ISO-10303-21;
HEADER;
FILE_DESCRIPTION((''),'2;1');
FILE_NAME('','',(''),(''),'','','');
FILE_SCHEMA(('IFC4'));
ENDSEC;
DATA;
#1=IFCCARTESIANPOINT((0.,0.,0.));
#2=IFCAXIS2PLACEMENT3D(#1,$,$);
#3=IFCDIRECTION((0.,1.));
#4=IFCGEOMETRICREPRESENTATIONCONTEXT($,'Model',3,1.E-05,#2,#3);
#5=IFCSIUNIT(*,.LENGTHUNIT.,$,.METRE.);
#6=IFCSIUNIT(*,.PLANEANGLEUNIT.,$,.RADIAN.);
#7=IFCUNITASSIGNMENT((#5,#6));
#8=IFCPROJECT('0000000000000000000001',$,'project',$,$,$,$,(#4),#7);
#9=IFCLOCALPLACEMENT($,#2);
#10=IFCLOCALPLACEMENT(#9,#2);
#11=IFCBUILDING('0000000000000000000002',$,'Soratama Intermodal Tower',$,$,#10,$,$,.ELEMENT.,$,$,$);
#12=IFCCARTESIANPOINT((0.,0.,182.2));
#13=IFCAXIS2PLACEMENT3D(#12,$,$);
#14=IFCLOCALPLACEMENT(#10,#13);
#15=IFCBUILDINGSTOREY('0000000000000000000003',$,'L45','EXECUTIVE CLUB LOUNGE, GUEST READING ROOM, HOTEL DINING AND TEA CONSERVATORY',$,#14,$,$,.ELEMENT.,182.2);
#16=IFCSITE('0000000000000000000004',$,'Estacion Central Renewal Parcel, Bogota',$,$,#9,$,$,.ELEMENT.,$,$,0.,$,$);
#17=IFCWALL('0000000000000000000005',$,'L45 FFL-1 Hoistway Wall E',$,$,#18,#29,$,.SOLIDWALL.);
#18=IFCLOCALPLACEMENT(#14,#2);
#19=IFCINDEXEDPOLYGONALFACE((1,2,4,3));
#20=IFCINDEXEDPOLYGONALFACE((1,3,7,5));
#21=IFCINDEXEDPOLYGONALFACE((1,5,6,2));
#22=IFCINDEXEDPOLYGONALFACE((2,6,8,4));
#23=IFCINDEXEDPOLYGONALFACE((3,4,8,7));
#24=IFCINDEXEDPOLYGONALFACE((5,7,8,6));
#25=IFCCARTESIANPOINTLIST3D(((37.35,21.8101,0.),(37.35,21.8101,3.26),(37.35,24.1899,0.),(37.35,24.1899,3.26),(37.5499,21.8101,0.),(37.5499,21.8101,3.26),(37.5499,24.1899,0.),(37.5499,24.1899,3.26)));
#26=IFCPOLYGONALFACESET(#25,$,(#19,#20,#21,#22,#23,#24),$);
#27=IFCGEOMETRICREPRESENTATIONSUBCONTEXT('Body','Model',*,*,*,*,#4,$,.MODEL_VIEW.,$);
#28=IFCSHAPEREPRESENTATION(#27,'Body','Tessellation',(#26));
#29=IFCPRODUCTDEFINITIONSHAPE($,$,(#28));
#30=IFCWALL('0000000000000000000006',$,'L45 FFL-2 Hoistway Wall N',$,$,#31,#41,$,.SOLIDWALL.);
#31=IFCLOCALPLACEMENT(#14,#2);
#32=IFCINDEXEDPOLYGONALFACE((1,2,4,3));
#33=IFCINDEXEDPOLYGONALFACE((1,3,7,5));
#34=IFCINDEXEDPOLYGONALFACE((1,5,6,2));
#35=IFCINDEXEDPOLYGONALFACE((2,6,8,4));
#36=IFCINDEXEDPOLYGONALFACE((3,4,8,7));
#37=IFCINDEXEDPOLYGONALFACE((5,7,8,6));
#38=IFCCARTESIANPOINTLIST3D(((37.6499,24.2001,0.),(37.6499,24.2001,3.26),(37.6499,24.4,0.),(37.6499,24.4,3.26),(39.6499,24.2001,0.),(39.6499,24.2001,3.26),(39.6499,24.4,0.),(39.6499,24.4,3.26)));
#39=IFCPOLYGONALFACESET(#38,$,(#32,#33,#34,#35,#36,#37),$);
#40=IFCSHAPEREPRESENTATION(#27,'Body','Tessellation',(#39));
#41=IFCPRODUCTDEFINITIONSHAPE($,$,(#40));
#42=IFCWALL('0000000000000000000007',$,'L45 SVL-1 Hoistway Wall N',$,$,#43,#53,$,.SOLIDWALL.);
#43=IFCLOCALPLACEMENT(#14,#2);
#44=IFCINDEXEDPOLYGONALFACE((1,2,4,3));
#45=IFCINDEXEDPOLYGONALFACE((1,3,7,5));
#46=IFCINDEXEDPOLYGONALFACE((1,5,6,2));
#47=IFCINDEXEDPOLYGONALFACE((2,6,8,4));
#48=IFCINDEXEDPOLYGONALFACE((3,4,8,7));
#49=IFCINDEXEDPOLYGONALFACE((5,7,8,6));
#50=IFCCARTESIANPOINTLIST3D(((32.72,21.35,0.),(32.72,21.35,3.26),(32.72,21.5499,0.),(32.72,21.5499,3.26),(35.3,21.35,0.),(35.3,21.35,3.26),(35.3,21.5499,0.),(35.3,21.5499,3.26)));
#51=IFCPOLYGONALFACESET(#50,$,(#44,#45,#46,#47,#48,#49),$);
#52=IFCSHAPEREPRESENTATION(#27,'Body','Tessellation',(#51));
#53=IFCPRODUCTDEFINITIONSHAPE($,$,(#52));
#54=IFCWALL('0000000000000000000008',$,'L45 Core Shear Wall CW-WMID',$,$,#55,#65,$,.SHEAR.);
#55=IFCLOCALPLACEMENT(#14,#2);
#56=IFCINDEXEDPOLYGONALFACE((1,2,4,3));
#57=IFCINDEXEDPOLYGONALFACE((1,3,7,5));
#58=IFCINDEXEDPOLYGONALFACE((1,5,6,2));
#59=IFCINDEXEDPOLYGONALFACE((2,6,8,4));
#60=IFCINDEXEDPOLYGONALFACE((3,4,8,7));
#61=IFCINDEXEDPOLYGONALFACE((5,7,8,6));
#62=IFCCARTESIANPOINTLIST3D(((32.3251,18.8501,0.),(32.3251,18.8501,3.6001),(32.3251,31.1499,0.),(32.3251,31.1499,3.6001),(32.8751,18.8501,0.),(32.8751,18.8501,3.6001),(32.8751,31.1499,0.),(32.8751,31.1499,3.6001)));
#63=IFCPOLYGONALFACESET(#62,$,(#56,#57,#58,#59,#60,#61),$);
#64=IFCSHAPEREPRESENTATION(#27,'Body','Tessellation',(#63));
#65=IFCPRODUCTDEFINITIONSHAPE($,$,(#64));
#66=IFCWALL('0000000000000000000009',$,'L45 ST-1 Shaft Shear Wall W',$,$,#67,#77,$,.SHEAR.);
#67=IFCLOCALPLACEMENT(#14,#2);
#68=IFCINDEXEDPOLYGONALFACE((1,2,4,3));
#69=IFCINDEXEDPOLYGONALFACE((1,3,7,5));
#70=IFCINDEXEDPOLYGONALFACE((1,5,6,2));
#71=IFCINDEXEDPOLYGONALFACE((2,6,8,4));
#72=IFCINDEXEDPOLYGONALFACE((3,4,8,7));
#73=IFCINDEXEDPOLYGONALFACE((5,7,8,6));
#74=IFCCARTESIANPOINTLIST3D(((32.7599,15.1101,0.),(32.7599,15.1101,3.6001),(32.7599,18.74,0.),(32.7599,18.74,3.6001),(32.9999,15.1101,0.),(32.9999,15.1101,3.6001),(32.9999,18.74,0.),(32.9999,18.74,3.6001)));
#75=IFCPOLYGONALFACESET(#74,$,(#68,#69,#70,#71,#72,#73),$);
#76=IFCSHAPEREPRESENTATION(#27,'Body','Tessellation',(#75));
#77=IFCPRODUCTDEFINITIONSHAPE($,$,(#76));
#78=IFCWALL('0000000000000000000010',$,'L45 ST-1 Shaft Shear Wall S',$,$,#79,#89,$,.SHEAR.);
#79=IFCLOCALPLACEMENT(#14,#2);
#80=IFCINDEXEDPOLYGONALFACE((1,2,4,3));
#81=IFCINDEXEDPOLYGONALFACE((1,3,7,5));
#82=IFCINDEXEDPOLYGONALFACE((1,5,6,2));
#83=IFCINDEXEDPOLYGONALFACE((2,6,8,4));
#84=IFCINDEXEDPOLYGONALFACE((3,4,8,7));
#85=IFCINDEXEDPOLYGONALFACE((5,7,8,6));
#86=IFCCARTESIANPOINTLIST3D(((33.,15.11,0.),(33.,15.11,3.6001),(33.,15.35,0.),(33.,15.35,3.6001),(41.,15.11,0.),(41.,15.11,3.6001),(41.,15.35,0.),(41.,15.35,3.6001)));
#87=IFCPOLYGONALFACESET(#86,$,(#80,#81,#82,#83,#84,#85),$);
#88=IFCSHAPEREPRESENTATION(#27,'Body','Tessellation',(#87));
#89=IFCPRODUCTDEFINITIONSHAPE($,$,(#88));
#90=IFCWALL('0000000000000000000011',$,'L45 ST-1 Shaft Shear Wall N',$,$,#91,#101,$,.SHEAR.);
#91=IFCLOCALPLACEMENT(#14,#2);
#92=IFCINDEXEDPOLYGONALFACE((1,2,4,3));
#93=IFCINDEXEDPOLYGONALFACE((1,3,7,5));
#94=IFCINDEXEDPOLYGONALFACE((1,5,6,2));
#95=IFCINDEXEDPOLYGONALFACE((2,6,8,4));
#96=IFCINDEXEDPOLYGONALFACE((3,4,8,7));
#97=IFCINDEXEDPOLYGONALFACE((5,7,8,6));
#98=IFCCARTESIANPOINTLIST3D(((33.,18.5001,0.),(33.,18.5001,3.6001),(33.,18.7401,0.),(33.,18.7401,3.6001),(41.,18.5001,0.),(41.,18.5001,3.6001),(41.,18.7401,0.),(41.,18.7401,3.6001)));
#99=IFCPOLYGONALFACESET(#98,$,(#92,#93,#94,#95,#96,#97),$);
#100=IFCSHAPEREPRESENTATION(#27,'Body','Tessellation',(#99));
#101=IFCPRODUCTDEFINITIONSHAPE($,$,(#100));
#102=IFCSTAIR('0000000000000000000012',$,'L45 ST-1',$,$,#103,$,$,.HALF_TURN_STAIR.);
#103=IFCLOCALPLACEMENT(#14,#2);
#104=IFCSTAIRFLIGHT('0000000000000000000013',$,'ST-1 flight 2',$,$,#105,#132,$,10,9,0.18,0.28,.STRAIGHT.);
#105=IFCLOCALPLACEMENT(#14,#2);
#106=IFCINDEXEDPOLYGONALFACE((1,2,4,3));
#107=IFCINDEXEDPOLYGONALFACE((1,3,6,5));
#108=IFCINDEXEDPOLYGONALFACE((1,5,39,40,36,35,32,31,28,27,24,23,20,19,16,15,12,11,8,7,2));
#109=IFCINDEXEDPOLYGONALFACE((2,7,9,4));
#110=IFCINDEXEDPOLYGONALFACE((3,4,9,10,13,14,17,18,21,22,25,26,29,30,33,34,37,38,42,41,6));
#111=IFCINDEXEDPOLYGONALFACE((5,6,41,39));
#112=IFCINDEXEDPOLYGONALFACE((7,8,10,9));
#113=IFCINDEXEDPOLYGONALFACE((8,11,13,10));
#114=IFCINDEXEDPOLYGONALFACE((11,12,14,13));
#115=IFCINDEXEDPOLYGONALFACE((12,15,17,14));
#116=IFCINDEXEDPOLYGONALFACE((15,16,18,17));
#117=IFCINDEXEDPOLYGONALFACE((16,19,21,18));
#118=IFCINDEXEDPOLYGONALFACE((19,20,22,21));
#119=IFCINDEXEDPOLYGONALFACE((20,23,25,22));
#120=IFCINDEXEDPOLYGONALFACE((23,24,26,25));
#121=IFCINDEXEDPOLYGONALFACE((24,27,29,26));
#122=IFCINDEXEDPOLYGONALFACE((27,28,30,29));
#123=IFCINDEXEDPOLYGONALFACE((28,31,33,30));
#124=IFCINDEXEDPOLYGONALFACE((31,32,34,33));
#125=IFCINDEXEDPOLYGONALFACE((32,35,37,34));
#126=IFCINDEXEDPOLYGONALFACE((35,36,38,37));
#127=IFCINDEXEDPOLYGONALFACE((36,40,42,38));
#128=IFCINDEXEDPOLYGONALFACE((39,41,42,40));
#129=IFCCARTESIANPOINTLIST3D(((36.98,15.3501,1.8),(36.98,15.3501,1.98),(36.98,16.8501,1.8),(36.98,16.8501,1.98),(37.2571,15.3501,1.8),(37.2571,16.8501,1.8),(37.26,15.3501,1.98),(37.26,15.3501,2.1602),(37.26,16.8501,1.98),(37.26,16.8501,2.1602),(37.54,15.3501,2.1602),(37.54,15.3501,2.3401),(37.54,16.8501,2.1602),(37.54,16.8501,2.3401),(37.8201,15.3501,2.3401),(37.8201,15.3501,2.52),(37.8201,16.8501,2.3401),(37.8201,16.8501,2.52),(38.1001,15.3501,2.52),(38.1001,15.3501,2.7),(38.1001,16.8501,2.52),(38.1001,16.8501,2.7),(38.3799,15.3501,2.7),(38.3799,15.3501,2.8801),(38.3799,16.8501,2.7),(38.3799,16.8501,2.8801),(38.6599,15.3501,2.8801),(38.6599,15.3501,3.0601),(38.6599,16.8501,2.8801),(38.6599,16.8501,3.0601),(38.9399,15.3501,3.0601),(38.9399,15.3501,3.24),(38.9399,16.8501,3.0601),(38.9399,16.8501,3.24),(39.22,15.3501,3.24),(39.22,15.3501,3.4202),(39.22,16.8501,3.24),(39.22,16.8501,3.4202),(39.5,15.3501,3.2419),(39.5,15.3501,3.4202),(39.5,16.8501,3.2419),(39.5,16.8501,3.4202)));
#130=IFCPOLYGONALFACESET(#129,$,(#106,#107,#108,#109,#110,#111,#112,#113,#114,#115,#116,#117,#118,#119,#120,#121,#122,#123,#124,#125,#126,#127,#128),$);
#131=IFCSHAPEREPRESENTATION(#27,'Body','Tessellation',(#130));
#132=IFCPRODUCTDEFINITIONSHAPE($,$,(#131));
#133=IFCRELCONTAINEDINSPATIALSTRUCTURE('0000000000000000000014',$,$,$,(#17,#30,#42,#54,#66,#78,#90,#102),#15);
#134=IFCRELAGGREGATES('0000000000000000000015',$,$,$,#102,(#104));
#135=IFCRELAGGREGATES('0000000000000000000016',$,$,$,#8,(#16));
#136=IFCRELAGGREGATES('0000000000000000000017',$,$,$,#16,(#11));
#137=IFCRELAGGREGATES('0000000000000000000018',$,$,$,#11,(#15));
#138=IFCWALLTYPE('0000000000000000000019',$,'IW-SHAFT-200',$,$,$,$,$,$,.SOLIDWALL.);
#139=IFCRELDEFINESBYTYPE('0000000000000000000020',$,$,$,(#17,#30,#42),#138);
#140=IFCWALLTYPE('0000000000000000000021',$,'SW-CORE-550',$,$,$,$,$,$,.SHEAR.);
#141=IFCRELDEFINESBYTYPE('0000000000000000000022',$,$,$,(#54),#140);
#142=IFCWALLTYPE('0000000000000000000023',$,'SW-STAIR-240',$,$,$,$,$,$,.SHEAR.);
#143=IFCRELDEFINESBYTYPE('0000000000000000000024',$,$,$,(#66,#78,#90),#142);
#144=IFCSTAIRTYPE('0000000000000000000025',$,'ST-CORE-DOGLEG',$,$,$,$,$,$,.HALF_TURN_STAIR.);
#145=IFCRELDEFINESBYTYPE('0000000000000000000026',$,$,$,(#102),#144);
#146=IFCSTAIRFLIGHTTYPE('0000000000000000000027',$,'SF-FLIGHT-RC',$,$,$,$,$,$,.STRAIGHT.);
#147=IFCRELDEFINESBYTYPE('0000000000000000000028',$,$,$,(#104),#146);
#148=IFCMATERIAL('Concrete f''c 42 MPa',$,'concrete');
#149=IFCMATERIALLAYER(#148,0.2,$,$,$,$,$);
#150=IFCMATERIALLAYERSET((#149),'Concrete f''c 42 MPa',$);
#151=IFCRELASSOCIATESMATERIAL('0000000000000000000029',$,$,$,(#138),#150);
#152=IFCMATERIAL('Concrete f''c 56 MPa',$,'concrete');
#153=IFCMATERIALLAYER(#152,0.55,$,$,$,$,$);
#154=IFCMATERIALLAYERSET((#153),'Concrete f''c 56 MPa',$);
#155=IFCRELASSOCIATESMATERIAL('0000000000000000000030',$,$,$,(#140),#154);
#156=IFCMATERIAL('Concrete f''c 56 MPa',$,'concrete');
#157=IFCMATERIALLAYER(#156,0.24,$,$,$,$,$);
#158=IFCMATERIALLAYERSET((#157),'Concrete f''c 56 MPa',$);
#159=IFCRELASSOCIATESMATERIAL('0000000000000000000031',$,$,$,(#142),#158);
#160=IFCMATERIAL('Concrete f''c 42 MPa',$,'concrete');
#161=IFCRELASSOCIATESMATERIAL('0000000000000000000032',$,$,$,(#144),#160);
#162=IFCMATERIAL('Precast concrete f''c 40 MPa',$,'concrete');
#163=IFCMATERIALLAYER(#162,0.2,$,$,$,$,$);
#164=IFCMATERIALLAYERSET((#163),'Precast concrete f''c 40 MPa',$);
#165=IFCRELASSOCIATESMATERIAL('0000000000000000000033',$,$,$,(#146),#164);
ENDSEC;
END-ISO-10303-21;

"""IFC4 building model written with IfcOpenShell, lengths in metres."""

from ifc_helpers import new_model, si_unit, direction, frame, frame_2d, origin, place, context, subcontext, project, spatial, polyline, rectangle, outline, extrude, material, layer, layer_set, type_object, element, aggregate, save


model = new_model("IFC4")

# Units and contexts
model_context = context("Model", 3, precision=1e-05, world=origin(), true_north=direction((0.0, 1.0)))
body_context = subcontext(model_context, "Body", "Model", "MODEL_VIEW")
ifc_project = project(units=[si_unit("LENGTHUNIT", "METRE"), si_unit("PLANEANGLEUNIT", "RADIAN")], contexts=[model_context])

# Site, building, storey
site_placement = place(None, origin())
site = spatial("IfcSite", under=ifc_project, at=site_placement, Name="Estacion Central Renewal Parcel, Bogota", CompositionType="ELEMENT", RefElevation=0.0)
building_placement = place(site_placement, origin())
building = spatial("IfcBuilding", under=site, at=building_placement, Name="Soratama Intermodal Tower", CompositionType="ELEMENT")
storey_placement = place(building_placement, frame((0.0, 0.0, 182.2)))
storey = spatial("IfcBuildingStorey", under=building, at=storey_placement, Name="L45", Description="EXECUTIVE CLUB LOUNGE, GUEST READING ROOM, HOTEL DINING AND TEA CONSERVATORY", CompositionType="ELEMENT", Elevation=182.2)

# Shared definitions
ifc_material_1 = material(Name="Concrete f'c 42 MPa", Category="concrete")
ifc_layer_1 = layer(ifc_material_1, 0.2)
ifc_layer_set_1 = layer_set([ifc_layer_1], Name="Concrete f'c 42 MPa")
wall_type_1 = type_object("IfcWallType", Name="IW-SHAFT-200", PredefinedType="SOLIDWALL", material=ifc_layer_set_1)

# Wall
for number, where, z_axis, x_axis, name in (
    (1, (37.45, 21.8101, 0.0), (0.0, 0.0, 1.0), (0.0, 1.0, 0.0), "L45 FFL-1 Hoistway Wall E"),
):
    element("IfcWall", number, at=place(storey_placement, frame(where, z_axis=z_axis, x_axis=x_axis)), inside=storey, type_object=wall_type_1, Name=name, PredefinedType="SOLIDWALL", context=body_context, shape_type="SweptSolid", body=[
        extrude(rectangle(XDim=2.3799, YDim=0.2, at=frame_2d((1.1899, 0.0))), origin(), (0.0, 0.0, 1.0), 3.26),
    ])

# Walls
wall_1_placement = place(storey_placement, frame((37.6499, 24.3, 0.0), z_axis=(0.0, 0.0, 1.0), x_axis=(1.0, 0.0, 0.0)))
element("IfcWall", 2, at=wall_1_placement, inside=storey, type_object=wall_type_1, Name="L45 FFL-2 Hoistway Wall N", PredefinedType="SOLIDWALL", context=body_context, shape_type="SweptSolid", body=[
    extrude(rectangle(XDim=2.0, YDim=0.2, at=frame_2d((1.0, 0.0))), origin(), (0.0, 0.0, 1.0), 3.26),
])
wall_2_placement = place(storey_placement, frame((32.72, 21.45, 0.0), z_axis=(0.0, 0.0, 1.0), x_axis=(1.0, 0.0, 0.0)))
element("IfcWall", 3, at=wall_2_placement, inside=storey, type_object=wall_type_1, Name="L45 SVL-1 Hoistway Wall N", PredefinedType="SOLIDWALL", context=body_context, shape_type="SweptSolid", body=[
    extrude(rectangle(XDim=2.5801, YDim=0.2, at=frame_2d((1.29, 0.0))), origin(), (0.0, 0.0, 1.0), 3.26),
])

# Walls
ifc_material_2 = material(Name="Concrete f'c 56 MPa", Category="concrete")
ifc_layer_2 = layer(ifc_material_2, 0.55)
ifc_layer_set_2 = layer_set([ifc_layer_2], Name="Concrete f'c 56 MPa")
wall_type_2 = type_object("IfcWallType", Name="SW-CORE-550", PredefinedType="SHEAR", material=ifc_layer_set_2)
wall_3_placement = place(storey_placement, frame((32.6001, 18.8501, 0.0), z_axis=(0.0, 0.0, 1.0), x_axis=(0.0, 1.0, 0.0)))
element("IfcWall", 4, at=wall_3_placement, inside=storey, type_object=wall_type_2, Name="L45 Core Shear Wall CW-WMID", PredefinedType="SHEAR", context=body_context, shape_type="SweptSolid", body=[
    extrude(rectangle(XDim=12.2998, YDim=0.55, at=frame_2d((6.1499, 0.0))), origin(), (0.0, 0.0, 1.0), 3.6001),
])
ifc_material_3 = material(Name="Concrete f'c 56 MPa", Category="concrete")
ifc_layer_3 = layer(ifc_material_3, 0.24)
ifc_layer_set_3 = layer_set([ifc_layer_3], Name="Concrete f'c 56 MPa")
wall_type_3 = type_object("IfcWallType", Name="SW-STAIR-240", PredefinedType="SHEAR", material=ifc_layer_set_3)
wall_4_placement = place(storey_placement, frame((32.8799, 15.1101, 0.0), z_axis=(0.0, 0.0, 1.0), x_axis=(0.0, 1.0, 0.0)))
element("IfcWall", 5, at=wall_4_placement, inside=storey, type_object=wall_type_3, Name="L45 ST-1 Shaft Shear Wall W", PredefinedType="SHEAR", context=body_context, shape_type="SweptSolid", body=[
    extrude(rectangle(XDim=3.6299, YDim=0.24, at=frame_2d((1.8149, 0.0))), origin(), (0.0, 0.0, 1.0), 3.6001),
])
for number, where, z_axis, x_axis, name in (
    (6, (33.0, 15.23, 0.0), (0.0, 0.0, 1.0), (1.0, 0.0, 0.0), "L45 ST-1 Shaft Shear Wall S"),
    (7, (33.0, 18.6201, 0.0), (0.0, 0.0, 1.0), (1.0, 0.0, 0.0), "L45 ST-1 Shaft Shear Wall N"),
):
    element("IfcWall", number, at=place(storey_placement, frame(where, z_axis=z_axis, x_axis=x_axis)), inside=storey, type_object=wall_type_3, Name=name, PredefinedType="SHEAR", context=body_context, shape_type="SweptSolid", body=[
        extrude(rectangle(XDim=8.0, YDim=0.24, at=frame_2d((4.0, 0.0))), origin(), (0.0, 0.0, 1.0), 3.6001),
    ])

# Stair, stair flight
ifc_material_4 = material(Name="Concrete f'c 42 MPa", Category="concrete")
stair_type = type_object("IfcStairType", Name="ST-CORE-DOGLEG", PredefinedType="HALF_TURN_STAIR", material=ifc_material_4)
stair_placement = place(storey_placement, origin())
stair = element("IfcStair", 8, at=stair_placement, inside=storey, type_object=stair_type, Name="L45 ST-1", PredefinedType="HALF_TURN_STAIR")
ifc_material_5 = material(Name="Precast concrete f'c 40 MPa", Category="concrete")
ifc_layer_4 = layer(ifc_material_5, 0.2)
ifc_layer_set_4 = layer_set([ifc_layer_4], Name="Precast concrete f'c 40 MPa")
stair_flight_type = type_object("IfcStairFlightType", Name="SF-FLIGHT-RC", PredefinedType="STRAIGHT", material=ifc_layer_set_4)
stair_flight_placement = place(storey_placement, frame((36.98, 16.1001, 1.8), z_axis=(0.0, 0.0, 1.0), x_axis=(1.0, 0.0, 0.0)))
stair_flight = element("IfcStairFlight", 9, at=stair_flight_placement, type_object=stair_flight_type, Name="ST-1 flight 2", NumberOfRisers=10, NumberOfTreads=9, PredefinedType="STRAIGHT", RiserHeight=0.18, TreadLength=0.28, context=body_context, shape_type="SweptSolid", body=[
    extrude(outline(polyline([(0.0, 0.0), (0.0, 0.1799), (0.28, 0.1799), (0.28, 0.3601), (0.5601, 0.3601), (0.5601, 0.54), (0.8401, 0.54), (0.8401, 0.72), (1.1201, 0.72), (1.1201, 0.8999), (1.3999, 0.8999), (1.3999, 1.0801), (1.6799, 1.0801), (1.6799, 1.26), (1.96, 1.26), (1.96, 1.4399), (2.24, 1.4399), (2.24, 1.6201), (2.52, 1.6201), (2.52, 1.8), (2.52, 1.4419), (0.2771, 0.0), (0.0, 0.0)])), frame((0.0, 0.75, 0.0), z_axis=(0.0, -1.0, 0.0), x_axis=(1.0, 0.0, 0.0)), (0.0, 0.0, 1.0), 1.5),
])
aggregate(stair, [stair_flight])

save(model, "model.ifc")
